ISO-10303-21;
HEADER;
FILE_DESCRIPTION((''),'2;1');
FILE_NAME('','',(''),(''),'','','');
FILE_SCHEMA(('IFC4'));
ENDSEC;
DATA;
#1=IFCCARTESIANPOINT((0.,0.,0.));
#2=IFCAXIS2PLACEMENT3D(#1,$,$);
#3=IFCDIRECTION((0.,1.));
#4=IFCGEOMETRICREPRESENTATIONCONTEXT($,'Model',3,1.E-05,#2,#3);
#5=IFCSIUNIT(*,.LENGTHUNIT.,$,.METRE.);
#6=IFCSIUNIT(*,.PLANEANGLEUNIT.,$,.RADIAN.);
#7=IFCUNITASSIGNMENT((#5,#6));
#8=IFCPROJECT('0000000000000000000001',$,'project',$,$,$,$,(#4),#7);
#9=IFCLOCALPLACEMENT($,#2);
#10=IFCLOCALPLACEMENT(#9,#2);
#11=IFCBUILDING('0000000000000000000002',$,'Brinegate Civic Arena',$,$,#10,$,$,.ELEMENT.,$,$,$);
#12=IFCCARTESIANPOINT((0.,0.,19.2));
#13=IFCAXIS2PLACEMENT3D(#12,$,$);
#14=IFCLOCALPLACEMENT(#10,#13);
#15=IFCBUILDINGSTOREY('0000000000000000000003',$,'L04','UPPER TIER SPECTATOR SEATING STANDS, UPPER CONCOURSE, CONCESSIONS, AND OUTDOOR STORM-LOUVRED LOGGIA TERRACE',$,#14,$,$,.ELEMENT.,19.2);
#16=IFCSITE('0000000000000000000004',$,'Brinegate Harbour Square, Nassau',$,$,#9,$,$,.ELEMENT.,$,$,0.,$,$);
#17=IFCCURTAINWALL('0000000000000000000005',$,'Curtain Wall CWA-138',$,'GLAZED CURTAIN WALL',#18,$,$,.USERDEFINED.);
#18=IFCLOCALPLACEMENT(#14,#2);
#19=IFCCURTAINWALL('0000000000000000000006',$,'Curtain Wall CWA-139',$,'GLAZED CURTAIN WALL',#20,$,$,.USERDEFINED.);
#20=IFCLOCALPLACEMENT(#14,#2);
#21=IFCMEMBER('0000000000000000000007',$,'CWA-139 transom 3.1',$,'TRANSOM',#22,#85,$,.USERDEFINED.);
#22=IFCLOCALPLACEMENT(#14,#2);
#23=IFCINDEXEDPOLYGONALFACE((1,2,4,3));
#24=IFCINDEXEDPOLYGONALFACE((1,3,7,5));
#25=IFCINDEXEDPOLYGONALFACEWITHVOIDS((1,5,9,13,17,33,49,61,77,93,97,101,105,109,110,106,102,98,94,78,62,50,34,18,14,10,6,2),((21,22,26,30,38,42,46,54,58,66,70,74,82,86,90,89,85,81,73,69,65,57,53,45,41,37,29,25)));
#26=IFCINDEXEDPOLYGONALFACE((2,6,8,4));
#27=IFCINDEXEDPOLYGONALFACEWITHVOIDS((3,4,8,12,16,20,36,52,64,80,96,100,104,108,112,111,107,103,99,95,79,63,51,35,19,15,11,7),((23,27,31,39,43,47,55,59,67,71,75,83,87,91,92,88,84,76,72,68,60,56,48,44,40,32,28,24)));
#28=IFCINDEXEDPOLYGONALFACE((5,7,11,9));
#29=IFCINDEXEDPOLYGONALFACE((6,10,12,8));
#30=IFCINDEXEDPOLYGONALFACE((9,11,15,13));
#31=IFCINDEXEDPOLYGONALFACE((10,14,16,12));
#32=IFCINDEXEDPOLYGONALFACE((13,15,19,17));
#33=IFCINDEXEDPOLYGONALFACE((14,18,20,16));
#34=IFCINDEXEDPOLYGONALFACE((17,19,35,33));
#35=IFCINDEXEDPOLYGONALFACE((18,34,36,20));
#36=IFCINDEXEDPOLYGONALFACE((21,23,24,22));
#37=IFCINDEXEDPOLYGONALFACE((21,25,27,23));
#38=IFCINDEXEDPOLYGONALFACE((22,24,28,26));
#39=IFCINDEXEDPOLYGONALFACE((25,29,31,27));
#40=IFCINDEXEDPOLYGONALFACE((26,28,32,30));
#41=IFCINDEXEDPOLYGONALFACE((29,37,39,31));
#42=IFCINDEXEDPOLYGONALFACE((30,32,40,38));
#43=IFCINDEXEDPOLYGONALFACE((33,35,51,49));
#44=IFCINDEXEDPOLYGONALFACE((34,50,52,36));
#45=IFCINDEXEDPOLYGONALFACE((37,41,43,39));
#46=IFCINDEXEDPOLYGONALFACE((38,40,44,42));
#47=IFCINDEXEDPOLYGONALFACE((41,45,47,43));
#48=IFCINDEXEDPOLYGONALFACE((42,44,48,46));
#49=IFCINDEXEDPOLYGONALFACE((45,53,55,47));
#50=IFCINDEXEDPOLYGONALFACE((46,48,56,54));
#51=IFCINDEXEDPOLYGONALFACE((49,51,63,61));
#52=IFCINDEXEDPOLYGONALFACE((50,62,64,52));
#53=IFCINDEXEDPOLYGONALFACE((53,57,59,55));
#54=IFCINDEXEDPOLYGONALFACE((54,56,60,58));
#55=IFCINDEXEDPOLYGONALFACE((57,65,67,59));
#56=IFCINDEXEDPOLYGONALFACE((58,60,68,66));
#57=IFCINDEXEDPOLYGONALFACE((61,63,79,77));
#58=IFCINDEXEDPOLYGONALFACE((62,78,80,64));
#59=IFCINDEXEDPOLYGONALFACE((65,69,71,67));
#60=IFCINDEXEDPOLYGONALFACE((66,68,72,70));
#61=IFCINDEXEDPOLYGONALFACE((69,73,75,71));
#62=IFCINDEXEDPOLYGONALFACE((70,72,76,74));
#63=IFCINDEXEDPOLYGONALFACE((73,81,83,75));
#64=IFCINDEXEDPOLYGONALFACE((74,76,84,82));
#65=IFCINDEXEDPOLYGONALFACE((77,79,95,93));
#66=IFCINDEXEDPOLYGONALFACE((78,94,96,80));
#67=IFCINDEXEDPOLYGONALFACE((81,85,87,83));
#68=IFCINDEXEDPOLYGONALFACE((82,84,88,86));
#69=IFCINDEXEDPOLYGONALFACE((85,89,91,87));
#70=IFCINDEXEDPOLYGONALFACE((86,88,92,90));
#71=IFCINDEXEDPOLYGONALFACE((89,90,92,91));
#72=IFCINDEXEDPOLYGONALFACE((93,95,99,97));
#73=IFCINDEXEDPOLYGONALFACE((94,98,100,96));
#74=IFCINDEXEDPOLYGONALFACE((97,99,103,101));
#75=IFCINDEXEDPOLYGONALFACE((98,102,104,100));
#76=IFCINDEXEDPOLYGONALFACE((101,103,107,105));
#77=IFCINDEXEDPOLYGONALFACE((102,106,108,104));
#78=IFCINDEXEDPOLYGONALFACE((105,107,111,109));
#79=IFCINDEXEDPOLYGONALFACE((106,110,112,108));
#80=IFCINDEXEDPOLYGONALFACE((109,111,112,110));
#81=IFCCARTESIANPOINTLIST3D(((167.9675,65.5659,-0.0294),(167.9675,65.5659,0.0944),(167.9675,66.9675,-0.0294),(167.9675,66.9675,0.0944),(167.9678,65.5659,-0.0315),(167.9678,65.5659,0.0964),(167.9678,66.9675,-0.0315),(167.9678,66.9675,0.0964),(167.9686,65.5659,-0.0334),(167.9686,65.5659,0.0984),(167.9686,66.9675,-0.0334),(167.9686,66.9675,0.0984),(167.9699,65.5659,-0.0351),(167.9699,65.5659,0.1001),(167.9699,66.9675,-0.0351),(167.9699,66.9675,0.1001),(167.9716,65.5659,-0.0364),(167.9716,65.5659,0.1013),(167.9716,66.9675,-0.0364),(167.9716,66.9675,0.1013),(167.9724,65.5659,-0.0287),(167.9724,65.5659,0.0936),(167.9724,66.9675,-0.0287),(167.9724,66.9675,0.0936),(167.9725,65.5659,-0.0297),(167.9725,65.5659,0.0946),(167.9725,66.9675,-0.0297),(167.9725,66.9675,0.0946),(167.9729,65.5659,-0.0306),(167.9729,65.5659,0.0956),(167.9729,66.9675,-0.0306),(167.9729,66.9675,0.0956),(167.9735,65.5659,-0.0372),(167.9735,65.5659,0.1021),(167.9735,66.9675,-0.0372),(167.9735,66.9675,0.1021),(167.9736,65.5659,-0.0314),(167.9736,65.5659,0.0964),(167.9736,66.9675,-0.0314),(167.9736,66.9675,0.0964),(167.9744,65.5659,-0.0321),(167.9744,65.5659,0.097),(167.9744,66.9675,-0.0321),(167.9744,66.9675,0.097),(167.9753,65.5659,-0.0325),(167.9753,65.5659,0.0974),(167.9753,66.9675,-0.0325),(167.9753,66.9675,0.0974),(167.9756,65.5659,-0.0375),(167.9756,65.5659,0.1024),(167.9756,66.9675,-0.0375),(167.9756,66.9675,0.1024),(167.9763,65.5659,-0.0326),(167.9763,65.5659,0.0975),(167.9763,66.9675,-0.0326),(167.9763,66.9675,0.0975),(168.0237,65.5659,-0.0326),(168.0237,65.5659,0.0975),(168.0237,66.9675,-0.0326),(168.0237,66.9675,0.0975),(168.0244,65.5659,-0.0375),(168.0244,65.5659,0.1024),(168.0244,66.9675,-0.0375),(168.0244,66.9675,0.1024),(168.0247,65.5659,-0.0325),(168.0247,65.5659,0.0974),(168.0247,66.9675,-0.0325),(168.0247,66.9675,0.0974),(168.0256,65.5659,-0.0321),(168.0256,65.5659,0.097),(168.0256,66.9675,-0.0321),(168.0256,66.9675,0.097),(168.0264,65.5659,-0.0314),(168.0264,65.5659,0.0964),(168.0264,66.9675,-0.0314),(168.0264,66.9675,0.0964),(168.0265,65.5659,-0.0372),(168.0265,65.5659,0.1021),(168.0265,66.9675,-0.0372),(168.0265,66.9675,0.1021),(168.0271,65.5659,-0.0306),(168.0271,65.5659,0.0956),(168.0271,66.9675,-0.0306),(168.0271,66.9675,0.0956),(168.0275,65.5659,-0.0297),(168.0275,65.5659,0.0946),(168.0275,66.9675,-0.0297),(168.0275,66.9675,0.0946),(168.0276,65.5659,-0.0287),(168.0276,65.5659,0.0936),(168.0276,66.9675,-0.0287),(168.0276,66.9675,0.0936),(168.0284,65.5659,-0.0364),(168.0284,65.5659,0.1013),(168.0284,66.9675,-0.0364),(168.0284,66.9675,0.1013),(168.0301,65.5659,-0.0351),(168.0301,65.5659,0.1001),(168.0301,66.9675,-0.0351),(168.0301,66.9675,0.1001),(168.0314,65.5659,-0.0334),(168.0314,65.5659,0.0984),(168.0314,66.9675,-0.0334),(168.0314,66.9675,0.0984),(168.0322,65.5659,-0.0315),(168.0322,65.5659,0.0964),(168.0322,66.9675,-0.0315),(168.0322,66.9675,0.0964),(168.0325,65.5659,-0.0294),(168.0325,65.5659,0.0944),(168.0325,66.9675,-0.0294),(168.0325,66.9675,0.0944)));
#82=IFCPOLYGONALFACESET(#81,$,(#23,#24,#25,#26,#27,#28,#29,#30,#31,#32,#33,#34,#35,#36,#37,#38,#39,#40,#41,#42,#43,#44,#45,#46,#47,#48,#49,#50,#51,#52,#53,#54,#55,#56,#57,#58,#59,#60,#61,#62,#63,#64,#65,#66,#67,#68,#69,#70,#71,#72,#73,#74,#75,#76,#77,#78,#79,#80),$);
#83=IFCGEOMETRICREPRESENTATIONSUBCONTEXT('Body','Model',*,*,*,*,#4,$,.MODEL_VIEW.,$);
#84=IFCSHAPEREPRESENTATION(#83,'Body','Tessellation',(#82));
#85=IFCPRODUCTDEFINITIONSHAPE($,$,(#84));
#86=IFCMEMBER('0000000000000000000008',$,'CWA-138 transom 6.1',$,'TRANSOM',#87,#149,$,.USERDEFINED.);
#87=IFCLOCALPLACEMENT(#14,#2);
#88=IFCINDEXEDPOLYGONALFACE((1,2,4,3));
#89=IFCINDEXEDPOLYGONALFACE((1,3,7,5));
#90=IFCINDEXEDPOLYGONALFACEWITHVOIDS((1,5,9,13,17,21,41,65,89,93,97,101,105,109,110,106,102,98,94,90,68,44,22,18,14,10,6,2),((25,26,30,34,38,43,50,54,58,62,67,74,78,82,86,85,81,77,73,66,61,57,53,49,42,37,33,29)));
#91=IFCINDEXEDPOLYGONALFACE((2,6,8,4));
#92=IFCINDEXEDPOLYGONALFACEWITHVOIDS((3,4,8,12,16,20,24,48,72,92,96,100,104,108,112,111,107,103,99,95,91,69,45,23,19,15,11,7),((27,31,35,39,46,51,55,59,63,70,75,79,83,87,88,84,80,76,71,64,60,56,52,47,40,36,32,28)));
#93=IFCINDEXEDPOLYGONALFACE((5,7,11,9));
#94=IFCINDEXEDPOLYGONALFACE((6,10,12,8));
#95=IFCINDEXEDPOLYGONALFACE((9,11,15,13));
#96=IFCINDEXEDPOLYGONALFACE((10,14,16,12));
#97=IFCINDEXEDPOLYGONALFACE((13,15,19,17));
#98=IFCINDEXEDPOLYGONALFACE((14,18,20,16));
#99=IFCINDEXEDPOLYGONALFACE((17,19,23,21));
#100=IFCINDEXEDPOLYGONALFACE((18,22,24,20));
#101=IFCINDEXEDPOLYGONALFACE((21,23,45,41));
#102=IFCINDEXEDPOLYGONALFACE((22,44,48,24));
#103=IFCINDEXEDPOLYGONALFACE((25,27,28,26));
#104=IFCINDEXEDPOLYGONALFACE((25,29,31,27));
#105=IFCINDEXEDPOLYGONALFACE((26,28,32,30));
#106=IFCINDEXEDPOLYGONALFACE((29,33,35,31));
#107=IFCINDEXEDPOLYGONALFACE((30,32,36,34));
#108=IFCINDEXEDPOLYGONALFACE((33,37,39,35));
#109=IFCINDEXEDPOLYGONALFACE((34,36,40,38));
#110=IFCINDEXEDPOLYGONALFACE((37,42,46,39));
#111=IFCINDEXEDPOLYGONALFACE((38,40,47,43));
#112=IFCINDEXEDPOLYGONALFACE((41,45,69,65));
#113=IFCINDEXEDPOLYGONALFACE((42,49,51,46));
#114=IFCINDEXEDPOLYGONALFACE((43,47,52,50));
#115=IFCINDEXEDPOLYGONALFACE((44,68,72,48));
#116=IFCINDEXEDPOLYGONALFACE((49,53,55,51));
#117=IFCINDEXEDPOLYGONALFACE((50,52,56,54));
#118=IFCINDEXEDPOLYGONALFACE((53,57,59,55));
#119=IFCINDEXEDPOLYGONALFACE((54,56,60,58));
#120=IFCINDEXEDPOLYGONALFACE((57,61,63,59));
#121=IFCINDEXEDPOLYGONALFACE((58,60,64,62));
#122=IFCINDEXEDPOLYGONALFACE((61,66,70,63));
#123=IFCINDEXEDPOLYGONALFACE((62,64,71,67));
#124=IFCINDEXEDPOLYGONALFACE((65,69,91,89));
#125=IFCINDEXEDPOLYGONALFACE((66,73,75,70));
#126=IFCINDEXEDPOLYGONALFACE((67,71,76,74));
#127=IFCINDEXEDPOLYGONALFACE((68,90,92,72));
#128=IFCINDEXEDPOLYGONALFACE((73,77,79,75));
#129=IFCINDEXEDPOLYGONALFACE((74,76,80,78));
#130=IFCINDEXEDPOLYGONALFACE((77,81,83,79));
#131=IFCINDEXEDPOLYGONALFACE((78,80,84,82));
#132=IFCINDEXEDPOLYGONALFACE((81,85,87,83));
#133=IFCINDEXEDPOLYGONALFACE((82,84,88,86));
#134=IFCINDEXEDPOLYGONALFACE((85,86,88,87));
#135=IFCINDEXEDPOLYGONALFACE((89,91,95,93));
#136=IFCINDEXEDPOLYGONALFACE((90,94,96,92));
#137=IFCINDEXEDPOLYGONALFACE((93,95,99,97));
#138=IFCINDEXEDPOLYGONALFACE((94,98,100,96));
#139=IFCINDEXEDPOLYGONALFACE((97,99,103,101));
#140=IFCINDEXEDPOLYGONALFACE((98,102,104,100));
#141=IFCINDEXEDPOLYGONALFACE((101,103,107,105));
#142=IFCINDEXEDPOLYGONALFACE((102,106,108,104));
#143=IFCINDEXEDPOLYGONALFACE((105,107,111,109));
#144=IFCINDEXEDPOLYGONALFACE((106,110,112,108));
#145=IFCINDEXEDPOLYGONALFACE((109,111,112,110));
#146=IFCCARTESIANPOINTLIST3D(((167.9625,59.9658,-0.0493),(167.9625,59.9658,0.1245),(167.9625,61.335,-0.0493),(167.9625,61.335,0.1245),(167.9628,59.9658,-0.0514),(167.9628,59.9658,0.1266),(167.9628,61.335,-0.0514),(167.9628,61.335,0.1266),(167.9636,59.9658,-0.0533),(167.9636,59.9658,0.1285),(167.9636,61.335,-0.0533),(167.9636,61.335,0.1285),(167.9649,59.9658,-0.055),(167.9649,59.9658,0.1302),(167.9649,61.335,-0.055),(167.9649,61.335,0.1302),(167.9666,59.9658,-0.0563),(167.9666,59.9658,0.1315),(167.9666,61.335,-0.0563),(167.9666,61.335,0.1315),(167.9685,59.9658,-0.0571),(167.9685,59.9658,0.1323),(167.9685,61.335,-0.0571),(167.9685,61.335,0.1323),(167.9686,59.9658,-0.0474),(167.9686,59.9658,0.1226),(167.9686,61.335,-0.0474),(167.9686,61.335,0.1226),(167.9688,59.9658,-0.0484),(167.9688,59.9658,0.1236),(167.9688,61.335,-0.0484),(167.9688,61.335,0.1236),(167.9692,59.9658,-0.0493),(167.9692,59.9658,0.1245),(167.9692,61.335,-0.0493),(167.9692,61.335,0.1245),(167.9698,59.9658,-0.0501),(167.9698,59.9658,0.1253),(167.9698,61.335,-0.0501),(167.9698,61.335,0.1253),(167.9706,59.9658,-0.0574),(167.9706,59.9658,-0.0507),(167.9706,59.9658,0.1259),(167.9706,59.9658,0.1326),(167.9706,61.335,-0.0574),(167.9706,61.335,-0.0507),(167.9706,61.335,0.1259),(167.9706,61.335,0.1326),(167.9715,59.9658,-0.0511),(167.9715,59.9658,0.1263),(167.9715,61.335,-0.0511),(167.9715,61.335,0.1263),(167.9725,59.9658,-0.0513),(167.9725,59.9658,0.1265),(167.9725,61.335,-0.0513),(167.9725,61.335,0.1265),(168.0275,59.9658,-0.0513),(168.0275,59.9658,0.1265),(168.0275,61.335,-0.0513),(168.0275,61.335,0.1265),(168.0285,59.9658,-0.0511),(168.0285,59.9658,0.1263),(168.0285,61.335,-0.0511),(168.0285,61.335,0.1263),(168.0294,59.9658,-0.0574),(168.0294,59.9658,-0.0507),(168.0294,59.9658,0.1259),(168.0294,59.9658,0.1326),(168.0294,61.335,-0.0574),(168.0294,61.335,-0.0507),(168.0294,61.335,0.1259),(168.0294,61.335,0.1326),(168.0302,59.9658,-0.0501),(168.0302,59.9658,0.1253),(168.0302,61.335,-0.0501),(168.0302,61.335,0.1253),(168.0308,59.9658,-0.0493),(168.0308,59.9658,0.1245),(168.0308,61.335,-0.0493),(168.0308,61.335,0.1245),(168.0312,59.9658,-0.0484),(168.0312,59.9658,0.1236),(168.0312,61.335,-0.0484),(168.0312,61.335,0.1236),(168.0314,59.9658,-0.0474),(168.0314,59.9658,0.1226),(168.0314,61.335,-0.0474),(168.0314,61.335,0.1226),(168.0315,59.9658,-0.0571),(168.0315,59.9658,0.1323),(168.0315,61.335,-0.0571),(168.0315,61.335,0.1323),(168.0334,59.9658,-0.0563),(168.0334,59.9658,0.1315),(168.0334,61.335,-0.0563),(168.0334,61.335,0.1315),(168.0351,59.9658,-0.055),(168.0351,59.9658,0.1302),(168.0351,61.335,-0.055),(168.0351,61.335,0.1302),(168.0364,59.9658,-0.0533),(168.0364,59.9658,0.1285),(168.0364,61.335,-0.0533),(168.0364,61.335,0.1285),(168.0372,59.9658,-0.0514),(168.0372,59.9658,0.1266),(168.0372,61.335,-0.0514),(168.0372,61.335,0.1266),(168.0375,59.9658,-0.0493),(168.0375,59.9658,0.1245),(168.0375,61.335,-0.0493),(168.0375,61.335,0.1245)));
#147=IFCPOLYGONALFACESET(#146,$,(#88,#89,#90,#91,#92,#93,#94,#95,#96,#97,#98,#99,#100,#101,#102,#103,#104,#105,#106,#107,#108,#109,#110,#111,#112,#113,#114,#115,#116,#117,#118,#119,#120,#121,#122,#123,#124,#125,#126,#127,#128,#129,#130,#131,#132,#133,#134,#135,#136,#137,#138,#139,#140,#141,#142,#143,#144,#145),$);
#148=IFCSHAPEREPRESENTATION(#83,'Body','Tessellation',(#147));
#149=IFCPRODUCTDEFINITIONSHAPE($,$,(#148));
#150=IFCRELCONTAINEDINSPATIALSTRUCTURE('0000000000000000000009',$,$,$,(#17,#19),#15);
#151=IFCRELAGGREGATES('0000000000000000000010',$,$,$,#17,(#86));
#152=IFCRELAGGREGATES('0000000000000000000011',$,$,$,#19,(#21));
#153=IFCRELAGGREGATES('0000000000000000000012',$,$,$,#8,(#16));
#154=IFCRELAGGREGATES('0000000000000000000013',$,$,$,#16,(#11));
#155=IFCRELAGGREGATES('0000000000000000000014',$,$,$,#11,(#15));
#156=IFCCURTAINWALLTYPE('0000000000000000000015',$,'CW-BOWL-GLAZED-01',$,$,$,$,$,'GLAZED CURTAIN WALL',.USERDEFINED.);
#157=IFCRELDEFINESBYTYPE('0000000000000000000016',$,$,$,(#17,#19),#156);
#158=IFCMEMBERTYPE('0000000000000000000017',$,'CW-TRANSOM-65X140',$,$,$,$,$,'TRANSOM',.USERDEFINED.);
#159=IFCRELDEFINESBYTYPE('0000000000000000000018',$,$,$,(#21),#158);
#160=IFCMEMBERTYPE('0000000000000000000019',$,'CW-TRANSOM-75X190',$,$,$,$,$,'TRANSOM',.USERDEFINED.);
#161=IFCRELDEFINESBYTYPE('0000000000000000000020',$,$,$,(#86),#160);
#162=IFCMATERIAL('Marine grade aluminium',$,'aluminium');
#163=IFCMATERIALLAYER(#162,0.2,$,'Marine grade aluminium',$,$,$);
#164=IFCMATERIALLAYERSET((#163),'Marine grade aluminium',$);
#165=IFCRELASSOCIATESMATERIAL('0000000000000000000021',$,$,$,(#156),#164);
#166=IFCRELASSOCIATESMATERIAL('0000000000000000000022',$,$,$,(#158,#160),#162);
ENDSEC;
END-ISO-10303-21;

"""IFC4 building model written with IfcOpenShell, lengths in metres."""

from ifc_helpers import new_model, si_unit, direction, frame, origin, origin_2d, place, context, subcontext, project, spatial, hollow_rectangle, extrude, material, layer, layer_set, material_profile, profile_set, type_object, element, aggregate, save


model = new_model("IFC4")

# Units and contexts
model_context = context("Model", 3, precision=1e-05, world=origin(), true_north=direction((0.0, 1.0)))
body_context = subcontext(model_context, "Body", "Model", "MODEL_VIEW")
ifc_project = project(units=[si_unit("LENGTHUNIT", "METRE"), si_unit("PLANEANGLEUNIT", "RADIAN")], contexts=[model_context])

# Site, building, storey
site_placement = place(None, origin())
site = spatial("IfcSite", under=ifc_project, at=site_placement, Name="Brinegate Harbour Square, Nassau", CompositionType="ELEMENT", RefElevation=0.0)
building_placement = place(site_placement, origin())
building = spatial("IfcBuilding", under=site, at=building_placement, Name="Brinegate Civic Arena", CompositionType="ELEMENT")
storey_placement = place(building_placement, frame((0.0, 0.0, 19.2)))
storey = spatial("IfcBuildingStorey", under=building, at=storey_placement, Name="L04", Description="UPPER TIER SPECTATOR SEATING STANDS, UPPER CONCOURSE, CONCESSIONS, AND OUTDOOR STORM-LOUVRED LOGGIA TERRACE", CompositionType="ELEMENT", Elevation=19.2)

# Curtain wall
ifc_material_1 = material(Name="Marine grade aluminium", Category="aluminium")
ifc_layer_1 = layer(ifc_material_1, 0.2, Name="Marine grade aluminium")
ifc_layer_set_1 = layer_set([ifc_layer_1], Name="Marine grade aluminium")
curtain_wall_type = type_object("IfcCurtainWallType", Name="CW-BOWL-GLAZED-01", ElementType="GLAZED CURTAIN WALL", PredefinedType="USERDEFINED", material=ifc_layer_set_1)
curtain_wall_1_placement = place(storey_placement, origin())
curtain_wall_1 = element("IfcCurtainWall", 1, at=curtain_wall_1_placement, inside=storey, type_object=curtain_wall_type, Name="Curtain Wall CWA-138", ObjectType="GLAZED CURTAIN WALL", PredefinedType="USERDEFINED")

# Curtain wall, member
curtain_wall_2_placement = place(storey_placement, origin())
curtain_wall_2 = element("IfcCurtainWall", 2, at=curtain_wall_2_placement, inside=storey, type_object=curtain_wall_type, Name="Curtain Wall CWA-139", ObjectType="GLAZED CURTAIN WALL", PredefinedType="USERDEFINED")
ifc_material_profile_1 = material_profile(ifc_material_1, hollow_rectangle(XDim=0.0649, YDim=0.1399, WallThickness=0.0049, InnerFilletRadius=0.0039, OuterFilletRadius=0.0081, at=origin_2d()), Name="TRN65X140")
ifc_profile_set_1 = profile_set([ifc_material_profile_1], Name="Marine grade aluminium")
member_type_1 = type_object("IfcMemberType", Name="CW-TRANSOM-65X140", ElementType="TRANSOM", PredefinedType="USERDEFINED", material=ifc_profile_set_1)
member_1_placement = place(storey_placement, frame((168.0, 65.5659, 0.0325), z_axis=(0.0, 1.0, 0.0), x_axis=(-1.0, 0.0, 0.0)))
member_1 = element("IfcMember", 3, at=member_1_placement, type_object=member_type_1, Name="CWA-139 transom 3.1", ObjectType="TRANSOM", PredefinedType="USERDEFINED", context=body_context, shape_type="SweptSolid", body=[
    extrude(hollow_rectangle(XDim=0.0649, YDim=0.1399, WallThickness=0.0049, InnerFilletRadius=0.0039, OuterFilletRadius=0.0081, at=origin_2d()), origin(), (0.0, 0.0, 1.0), 1.4016),
])

# Member
ifc_material_profile_2 = material_profile(ifc_material_1, hollow_rectangle(XDim=0.075, YDim=0.1899, WallThickness=0.0061, InnerFilletRadius=0.0039, OuterFilletRadius=0.0081, at=origin_2d()), Name="TRN75X190")
ifc_profile_set_2 = profile_set([ifc_material_profile_2], Name="Marine grade aluminium")
member_type_2 = type_object("IfcMemberType", Name="CW-TRANSOM-75X190", ElementType="TRANSOM", PredefinedType="USERDEFINED", material=ifc_profile_set_2)
member_2_placement = place(storey_placement, frame((168.0, 59.9658, 0.0376), z_axis=(0.0, 1.0, 0.0), x_axis=(-1.0, 0.0, 0.0)))
member_2 = element("IfcMember", 4, at=member_2_placement, type_object=member_type_2, Name="CWA-138 transom 6.1", ObjectType="TRANSOM", PredefinedType="USERDEFINED", context=body_context, shape_type="SweptSolid", body=[
    extrude(hollow_rectangle(XDim=0.075, YDim=0.1899, WallThickness=0.0061, InnerFilletRadius=0.0039, OuterFilletRadius=0.0081, at=origin_2d()), origin(), (0.0, 0.0, 1.0), 1.3691),
])

aggregate(curtain_wall_1, [member_2])
aggregate(curtain_wall_2, [member_1])

save(model, "model.ifc")
